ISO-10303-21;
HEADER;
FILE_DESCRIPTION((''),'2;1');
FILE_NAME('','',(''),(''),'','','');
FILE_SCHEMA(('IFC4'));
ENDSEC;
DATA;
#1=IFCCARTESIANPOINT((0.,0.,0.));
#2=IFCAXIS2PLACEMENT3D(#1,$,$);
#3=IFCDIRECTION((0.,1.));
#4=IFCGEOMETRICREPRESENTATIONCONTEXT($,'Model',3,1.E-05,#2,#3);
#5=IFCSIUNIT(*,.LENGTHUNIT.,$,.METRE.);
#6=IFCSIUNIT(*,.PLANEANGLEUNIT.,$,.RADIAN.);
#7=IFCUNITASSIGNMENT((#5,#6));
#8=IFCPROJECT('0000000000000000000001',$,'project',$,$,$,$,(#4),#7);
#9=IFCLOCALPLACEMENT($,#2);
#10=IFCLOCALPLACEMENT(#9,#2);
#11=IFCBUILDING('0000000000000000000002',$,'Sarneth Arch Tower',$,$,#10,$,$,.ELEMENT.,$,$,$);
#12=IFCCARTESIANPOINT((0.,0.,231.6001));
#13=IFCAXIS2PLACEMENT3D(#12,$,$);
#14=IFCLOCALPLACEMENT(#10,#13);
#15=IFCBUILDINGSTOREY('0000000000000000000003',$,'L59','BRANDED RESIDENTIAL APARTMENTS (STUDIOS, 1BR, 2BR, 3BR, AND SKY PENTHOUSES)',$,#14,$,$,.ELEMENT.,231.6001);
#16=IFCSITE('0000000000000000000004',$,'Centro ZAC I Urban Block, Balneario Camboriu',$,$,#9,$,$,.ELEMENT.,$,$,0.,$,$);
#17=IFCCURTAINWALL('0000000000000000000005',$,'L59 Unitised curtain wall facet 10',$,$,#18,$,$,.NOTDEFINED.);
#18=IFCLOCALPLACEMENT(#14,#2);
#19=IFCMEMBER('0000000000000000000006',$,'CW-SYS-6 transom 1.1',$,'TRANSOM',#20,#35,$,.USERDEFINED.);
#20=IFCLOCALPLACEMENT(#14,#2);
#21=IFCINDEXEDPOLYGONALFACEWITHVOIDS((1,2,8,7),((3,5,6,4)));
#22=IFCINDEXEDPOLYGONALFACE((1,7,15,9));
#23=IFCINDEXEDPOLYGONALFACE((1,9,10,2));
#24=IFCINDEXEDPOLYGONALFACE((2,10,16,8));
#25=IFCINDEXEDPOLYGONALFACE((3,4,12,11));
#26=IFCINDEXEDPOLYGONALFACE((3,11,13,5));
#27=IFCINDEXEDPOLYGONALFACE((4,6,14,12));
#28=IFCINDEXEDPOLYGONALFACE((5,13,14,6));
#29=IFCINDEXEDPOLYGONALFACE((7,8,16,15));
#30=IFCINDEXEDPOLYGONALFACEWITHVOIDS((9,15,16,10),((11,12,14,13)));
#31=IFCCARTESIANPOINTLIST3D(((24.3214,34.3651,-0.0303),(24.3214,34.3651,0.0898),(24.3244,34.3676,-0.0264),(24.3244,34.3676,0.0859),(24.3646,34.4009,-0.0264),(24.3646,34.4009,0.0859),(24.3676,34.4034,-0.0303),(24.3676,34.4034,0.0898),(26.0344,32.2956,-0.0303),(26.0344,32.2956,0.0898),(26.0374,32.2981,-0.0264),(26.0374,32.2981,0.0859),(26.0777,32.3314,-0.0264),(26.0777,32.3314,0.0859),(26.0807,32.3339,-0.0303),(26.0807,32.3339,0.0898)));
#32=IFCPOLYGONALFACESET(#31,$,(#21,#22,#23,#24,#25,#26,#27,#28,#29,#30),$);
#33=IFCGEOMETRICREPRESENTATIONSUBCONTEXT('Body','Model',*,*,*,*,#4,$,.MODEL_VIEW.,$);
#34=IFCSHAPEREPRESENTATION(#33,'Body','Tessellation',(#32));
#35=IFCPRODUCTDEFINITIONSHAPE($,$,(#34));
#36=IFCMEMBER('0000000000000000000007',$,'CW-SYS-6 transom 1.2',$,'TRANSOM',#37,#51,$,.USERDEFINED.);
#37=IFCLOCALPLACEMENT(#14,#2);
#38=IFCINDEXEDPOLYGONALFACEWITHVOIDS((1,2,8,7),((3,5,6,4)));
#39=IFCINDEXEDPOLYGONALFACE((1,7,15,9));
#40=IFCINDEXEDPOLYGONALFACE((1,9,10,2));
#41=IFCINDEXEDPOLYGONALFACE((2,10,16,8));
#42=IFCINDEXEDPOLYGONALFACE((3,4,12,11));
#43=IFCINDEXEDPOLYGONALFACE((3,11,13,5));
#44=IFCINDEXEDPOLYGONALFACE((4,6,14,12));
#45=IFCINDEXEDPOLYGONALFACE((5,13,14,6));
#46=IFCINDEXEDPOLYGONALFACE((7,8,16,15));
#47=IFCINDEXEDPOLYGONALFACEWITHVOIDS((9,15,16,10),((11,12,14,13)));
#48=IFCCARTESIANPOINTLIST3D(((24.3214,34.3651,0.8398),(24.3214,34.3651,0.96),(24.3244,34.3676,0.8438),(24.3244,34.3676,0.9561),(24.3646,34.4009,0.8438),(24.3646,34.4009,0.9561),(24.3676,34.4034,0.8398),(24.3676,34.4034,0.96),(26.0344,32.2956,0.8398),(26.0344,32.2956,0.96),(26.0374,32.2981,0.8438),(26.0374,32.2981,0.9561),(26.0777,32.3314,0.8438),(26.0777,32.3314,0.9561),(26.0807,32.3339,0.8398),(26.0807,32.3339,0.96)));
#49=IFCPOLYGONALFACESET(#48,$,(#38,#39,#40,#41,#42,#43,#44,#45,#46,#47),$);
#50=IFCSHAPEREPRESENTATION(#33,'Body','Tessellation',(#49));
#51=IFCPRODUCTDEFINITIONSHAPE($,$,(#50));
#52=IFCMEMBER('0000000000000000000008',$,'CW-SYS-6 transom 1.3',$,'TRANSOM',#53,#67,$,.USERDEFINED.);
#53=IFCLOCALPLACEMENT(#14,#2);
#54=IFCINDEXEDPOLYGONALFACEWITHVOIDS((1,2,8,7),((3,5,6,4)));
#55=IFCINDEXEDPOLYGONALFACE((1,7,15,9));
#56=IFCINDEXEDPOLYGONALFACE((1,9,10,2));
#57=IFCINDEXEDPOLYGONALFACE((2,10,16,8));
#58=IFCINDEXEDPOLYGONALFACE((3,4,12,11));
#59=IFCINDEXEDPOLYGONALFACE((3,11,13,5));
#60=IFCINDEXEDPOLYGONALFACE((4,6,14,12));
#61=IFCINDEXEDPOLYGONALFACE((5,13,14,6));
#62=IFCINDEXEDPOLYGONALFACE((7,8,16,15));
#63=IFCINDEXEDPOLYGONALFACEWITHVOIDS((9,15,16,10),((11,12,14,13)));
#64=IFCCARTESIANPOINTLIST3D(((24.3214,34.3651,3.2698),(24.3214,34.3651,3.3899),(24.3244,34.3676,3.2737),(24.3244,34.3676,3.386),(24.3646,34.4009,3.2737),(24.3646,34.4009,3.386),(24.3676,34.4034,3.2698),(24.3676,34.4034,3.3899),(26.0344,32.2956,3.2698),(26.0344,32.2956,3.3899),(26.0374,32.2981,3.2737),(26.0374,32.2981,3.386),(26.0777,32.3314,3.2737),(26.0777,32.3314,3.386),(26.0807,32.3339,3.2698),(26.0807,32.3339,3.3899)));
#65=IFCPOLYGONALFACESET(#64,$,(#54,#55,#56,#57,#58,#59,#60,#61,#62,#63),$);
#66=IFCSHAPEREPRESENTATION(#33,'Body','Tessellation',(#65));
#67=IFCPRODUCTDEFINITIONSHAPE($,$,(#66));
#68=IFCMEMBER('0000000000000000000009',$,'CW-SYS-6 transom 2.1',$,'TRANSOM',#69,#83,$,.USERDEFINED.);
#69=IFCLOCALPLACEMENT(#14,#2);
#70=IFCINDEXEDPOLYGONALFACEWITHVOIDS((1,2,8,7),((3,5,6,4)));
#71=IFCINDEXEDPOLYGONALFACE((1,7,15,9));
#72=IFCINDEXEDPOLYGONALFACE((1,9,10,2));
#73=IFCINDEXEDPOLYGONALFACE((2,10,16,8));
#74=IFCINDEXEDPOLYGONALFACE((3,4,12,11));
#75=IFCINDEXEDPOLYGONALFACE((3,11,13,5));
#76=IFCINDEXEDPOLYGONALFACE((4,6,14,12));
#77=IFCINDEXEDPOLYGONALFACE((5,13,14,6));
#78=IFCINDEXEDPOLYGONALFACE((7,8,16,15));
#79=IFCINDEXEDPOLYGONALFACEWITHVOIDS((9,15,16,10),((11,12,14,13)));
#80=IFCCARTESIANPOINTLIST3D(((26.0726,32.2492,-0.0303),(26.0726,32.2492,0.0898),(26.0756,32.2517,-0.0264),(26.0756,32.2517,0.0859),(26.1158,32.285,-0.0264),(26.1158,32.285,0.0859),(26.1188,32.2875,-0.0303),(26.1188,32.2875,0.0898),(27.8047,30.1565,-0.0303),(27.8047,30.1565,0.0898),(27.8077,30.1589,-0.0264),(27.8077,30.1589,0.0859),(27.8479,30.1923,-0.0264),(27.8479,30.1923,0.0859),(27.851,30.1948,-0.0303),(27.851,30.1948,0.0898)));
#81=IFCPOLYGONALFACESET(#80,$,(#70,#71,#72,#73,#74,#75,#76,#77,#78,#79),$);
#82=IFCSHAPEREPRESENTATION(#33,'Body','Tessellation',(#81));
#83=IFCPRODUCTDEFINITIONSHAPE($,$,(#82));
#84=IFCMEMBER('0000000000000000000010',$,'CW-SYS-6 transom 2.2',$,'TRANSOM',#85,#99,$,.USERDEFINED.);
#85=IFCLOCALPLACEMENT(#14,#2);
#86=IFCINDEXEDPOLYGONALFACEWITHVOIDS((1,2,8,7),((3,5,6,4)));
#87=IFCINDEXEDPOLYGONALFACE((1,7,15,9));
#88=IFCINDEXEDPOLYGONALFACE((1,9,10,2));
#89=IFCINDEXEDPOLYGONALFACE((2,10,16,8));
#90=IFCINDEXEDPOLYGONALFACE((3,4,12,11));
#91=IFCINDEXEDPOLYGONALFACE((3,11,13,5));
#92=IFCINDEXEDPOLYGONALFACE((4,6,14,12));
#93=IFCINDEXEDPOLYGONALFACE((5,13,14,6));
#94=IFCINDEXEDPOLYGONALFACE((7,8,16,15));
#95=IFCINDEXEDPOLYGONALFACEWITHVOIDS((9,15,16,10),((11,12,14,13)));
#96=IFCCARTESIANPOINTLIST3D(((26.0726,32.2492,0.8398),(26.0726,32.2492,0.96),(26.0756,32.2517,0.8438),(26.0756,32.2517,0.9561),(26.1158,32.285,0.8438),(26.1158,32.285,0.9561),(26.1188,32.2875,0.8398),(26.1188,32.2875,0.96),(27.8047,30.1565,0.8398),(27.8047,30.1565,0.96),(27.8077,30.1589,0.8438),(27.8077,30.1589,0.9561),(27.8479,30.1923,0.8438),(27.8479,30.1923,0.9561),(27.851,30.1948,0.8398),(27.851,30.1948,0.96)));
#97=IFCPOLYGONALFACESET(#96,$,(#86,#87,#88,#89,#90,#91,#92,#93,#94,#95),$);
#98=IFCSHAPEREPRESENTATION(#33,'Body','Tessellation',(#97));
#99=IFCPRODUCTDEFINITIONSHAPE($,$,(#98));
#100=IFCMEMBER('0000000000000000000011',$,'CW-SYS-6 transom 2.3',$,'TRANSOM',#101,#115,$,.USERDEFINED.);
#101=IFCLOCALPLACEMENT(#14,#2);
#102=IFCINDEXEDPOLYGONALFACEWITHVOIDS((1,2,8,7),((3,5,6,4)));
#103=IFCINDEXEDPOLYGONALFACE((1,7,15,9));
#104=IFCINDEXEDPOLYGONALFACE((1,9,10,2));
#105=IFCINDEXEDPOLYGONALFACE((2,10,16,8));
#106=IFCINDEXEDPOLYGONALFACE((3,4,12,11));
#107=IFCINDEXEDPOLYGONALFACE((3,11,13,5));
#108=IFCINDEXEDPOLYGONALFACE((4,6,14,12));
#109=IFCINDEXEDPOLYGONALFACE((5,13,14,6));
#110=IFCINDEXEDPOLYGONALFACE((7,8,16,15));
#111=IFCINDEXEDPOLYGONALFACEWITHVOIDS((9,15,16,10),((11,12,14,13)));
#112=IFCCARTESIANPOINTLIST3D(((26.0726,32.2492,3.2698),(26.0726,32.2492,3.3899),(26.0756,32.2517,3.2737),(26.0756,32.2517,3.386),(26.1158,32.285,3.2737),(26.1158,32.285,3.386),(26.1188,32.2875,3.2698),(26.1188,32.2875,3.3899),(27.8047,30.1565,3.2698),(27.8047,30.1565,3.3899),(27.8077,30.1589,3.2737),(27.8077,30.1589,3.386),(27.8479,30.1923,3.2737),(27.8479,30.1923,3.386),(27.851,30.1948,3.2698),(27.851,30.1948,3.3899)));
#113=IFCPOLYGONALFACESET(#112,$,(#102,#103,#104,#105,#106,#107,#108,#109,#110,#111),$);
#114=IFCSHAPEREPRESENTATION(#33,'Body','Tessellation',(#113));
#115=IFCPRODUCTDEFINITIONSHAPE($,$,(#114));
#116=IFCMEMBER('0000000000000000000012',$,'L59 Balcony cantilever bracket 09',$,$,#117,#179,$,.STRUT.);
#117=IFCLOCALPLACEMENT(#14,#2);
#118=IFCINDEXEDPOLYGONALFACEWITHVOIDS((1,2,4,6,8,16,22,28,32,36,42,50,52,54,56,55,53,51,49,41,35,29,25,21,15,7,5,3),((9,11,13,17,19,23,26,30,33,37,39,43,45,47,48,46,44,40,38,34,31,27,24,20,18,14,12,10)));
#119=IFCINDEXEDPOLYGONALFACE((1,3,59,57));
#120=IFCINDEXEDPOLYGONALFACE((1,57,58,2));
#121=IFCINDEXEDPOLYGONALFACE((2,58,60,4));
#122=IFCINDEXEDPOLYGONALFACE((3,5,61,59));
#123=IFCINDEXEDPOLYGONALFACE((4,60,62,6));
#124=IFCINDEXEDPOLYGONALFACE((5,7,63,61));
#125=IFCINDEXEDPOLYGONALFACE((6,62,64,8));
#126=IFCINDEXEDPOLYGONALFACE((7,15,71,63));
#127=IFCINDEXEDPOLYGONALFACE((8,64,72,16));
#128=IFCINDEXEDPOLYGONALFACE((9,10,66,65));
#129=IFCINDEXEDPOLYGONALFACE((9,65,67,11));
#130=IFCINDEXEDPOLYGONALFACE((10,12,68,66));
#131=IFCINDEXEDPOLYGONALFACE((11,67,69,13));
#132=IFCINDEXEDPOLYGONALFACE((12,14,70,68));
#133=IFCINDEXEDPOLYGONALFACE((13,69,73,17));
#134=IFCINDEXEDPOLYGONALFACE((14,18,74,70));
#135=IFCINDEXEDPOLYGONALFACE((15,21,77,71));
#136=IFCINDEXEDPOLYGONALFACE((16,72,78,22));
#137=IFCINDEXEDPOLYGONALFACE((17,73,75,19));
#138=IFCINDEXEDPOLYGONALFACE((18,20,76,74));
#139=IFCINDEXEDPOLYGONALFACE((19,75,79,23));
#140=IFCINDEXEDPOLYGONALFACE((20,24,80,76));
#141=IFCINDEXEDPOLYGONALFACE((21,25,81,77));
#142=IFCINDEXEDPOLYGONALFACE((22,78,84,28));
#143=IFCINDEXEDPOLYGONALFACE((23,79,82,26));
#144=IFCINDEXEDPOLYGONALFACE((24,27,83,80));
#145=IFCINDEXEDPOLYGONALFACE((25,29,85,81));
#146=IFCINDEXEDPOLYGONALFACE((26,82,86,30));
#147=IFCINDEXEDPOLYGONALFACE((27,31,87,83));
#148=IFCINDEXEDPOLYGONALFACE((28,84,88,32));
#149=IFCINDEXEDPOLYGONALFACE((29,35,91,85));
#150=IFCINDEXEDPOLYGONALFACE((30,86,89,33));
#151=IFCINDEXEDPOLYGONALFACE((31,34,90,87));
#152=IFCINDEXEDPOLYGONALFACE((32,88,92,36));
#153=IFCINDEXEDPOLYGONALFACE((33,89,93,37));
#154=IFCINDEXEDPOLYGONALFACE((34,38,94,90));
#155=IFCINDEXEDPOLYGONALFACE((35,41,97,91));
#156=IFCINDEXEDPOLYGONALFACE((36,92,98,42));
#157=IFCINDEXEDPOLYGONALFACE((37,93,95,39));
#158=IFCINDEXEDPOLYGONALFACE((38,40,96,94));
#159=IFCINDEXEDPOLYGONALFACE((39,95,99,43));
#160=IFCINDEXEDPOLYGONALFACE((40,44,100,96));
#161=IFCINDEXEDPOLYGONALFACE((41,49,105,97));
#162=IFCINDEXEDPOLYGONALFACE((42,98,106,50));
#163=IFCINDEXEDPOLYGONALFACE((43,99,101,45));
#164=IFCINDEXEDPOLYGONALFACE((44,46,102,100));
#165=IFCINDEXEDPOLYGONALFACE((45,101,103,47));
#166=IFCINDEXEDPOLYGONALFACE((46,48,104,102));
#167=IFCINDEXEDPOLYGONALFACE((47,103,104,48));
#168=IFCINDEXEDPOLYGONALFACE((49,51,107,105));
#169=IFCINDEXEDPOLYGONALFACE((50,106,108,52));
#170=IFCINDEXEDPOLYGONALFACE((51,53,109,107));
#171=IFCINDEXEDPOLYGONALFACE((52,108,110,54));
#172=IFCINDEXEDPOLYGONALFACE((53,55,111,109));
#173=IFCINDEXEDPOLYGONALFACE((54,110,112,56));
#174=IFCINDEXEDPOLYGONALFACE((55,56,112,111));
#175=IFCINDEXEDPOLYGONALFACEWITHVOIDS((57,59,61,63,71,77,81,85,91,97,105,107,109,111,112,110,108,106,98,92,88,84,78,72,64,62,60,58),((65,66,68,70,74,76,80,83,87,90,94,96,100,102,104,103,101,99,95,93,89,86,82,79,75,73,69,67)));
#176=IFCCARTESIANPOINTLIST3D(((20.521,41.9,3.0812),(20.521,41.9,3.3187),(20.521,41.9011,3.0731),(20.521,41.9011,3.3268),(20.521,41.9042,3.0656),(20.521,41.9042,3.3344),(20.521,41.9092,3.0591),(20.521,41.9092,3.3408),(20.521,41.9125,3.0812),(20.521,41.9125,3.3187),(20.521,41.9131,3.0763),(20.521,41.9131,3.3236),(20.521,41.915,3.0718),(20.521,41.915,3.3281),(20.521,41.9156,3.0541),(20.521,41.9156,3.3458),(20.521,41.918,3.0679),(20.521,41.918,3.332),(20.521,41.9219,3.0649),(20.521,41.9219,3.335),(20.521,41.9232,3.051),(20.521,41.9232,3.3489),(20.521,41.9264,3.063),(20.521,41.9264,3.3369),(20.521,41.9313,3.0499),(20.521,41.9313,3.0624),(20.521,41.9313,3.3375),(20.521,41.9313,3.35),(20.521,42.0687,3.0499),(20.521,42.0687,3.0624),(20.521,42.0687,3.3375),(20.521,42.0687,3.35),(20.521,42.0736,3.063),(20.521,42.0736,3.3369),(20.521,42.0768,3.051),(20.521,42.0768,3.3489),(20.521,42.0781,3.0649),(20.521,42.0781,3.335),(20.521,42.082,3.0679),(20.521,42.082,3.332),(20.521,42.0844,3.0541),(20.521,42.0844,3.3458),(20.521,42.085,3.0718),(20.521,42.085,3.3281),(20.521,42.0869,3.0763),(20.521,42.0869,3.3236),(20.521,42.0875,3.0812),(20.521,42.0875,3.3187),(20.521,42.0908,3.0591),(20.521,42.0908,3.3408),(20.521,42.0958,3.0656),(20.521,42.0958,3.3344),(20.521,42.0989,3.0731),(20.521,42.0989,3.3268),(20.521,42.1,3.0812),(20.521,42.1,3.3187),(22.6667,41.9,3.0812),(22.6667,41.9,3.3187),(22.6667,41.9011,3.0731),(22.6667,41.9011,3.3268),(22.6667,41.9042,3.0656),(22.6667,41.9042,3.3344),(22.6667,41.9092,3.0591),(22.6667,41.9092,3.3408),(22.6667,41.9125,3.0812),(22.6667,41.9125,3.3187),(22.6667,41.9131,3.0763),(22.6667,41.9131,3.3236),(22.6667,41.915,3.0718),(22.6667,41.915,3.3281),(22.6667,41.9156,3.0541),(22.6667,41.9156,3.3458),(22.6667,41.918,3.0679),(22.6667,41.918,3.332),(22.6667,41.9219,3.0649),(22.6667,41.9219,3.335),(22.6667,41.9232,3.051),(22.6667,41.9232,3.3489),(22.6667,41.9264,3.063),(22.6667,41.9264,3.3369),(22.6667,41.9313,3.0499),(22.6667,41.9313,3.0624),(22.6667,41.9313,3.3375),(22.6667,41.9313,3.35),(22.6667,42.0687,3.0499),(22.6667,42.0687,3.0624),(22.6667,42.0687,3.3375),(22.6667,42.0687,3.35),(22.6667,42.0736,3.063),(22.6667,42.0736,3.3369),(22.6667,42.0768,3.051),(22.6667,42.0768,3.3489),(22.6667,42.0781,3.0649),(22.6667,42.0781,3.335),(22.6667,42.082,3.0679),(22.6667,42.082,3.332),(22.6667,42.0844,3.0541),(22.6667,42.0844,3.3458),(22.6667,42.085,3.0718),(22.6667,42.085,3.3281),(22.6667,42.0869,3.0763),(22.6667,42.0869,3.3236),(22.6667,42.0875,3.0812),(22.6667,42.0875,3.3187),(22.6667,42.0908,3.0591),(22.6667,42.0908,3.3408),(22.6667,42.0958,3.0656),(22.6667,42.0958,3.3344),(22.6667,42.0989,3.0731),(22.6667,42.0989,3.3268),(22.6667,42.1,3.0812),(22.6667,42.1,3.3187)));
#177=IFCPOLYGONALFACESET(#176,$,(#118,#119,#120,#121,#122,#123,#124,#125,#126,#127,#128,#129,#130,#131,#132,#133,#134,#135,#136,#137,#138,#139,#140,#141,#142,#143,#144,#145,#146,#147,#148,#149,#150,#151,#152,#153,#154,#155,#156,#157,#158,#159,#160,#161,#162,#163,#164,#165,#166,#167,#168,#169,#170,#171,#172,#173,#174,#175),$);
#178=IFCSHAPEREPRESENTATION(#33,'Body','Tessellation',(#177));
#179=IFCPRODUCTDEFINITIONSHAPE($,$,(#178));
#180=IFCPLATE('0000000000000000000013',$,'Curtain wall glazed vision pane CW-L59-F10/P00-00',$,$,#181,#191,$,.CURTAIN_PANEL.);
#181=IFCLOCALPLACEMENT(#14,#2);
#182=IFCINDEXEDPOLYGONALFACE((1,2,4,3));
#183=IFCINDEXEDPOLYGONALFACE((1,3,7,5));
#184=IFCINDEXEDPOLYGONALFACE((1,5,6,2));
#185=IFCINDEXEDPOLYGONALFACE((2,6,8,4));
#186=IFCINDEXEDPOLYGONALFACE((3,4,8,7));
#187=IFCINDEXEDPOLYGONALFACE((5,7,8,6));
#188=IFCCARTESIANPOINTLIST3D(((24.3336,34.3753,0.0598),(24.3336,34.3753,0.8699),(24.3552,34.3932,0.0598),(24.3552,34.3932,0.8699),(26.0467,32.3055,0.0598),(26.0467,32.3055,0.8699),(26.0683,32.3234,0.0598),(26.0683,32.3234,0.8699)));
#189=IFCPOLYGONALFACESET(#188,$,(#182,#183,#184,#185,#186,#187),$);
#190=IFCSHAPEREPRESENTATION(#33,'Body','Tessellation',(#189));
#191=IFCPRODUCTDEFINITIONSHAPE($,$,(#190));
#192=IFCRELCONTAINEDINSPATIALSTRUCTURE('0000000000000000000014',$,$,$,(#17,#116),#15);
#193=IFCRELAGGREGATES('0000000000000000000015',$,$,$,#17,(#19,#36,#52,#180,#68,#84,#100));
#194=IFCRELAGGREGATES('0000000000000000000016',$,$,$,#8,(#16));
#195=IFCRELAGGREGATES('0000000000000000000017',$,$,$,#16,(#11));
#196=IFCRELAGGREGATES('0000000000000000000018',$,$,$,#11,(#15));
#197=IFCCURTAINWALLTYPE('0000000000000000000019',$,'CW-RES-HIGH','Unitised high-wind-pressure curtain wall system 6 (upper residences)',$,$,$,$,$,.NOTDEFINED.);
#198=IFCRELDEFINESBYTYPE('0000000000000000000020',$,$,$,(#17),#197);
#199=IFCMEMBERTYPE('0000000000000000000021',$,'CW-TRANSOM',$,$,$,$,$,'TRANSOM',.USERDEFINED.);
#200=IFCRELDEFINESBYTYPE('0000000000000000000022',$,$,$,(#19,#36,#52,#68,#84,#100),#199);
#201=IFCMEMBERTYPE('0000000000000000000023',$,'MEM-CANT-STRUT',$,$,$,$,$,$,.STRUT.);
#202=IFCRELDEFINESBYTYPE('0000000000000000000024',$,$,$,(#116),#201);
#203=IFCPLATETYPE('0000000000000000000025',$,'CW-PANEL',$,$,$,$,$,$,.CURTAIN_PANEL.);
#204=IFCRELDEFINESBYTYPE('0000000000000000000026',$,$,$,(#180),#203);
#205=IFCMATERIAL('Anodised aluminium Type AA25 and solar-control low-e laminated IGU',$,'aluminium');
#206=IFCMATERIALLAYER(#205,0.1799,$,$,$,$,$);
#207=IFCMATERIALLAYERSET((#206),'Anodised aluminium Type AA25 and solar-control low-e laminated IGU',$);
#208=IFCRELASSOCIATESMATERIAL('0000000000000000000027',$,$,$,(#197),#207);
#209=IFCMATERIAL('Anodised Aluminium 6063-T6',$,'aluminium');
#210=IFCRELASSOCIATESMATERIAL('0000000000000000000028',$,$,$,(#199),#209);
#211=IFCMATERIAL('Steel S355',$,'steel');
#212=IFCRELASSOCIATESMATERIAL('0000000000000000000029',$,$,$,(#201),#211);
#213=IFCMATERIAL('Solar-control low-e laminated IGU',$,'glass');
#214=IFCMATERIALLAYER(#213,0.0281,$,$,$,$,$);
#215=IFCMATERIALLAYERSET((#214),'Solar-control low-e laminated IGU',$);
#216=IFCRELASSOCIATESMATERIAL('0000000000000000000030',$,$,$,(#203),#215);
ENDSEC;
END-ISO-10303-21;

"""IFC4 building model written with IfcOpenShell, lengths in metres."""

from ifc_helpers import new_model, si_unit, direction, frame, origin, origin_2d, place, context, subcontext, project, spatial, rectangle, hollow_rectangle, extrude, material, layer, layer_set, material_profile, profile_set, type_object, element, aggregate, save


model = new_model("IFC4")

# Units and contexts
model_context = context("Model", 3, precision=1e-05, world=origin(), true_north=direction((0.0, 1.0)))
body_context = subcontext(model_context, "Body", "Model", "MODEL_VIEW")
ifc_project = project(units=[si_unit("LENGTHUNIT", "METRE"), si_unit("PLANEANGLEUNIT", "RADIAN")], contexts=[model_context])

# Site, building, storey
site_placement = place(None, origin())
site = spatial("IfcSite", under=ifc_project, at=site_placement, Name="Centro ZAC I Urban Block, Balneario Camboriu", CompositionType="ELEMENT", RefElevation=0.0)
building_placement = place(site_placement, origin())
building = spatial("IfcBuilding", under=site, at=building_placement, Name="Sarneth Arch Tower", CompositionType="ELEMENT")
storey_placement = place(building_placement, frame((0.0, 0.0, 231.6001)))
storey = spatial("IfcBuildingStorey", under=building, at=storey_placement, Name="L59", Description="BRANDED RESIDENTIAL APARTMENTS (STUDIOS, 1BR, 2BR, 3BR, AND SKY PENTHOUSES)", CompositionType="ELEMENT", Elevation=231.6001)

# Curtain wall, members
ifc_material_1 = material(Name="Anodised aluminium Type AA25 and solar-control low-e laminated IGU", Category="aluminium")
ifc_layer_1 = layer(ifc_material_1, 0.1799)
ifc_layer_set_1 = layer_set([ifc_layer_1], Name="Anodised aluminium Type AA25 and solar-control low-e laminated IGU")
curtain_wall_type = type_object("IfcCurtainWallType", Name="CW-RES-HIGH", Description="Unitised high-wind-pressure curtain wall system 6 (upper residences)", PredefinedType="NOTDEFINED", material=ifc_layer_set_1)
curtain_wall_placement = place(storey_placement, origin())
curtain_wall = element("IfcCurtainWall", 1, at=curtain_wall_placement, inside=storey, type_object=curtain_wall_type, Name="L59 Unitised curtain wall facet 10", PredefinedType="NOTDEFINED")
ifc_material_2 = material(Name="Anodised Aluminium 6063-T6", Category="aluminium")
ifc_material_profile_1 = material_profile(ifc_material_2, hollow_rectangle(XDim=0.0601, YDim=0.1201, WallThickness=0.0039, at=origin_2d()), Name="AL-TRAN-120x60x4")
ifc_profile_set_1 = profile_set([ifc_material_profile_1], Name="Anodised Aluminium 6063-T6")
member_type_1 = type_object("IfcMemberType", Name="CW-TRANSOM", ElementType="TRANSOM", PredefinedType="USERDEFINED", material=ifc_profile_set_1)
member_1_placement = place(storey_placement, frame((24.3445, 34.3843, 0.0298), z_axis=(0.637651, -0.770325, 0.0), x_axis=(0.770325, 0.637651, 0.0)))
member_1 = element("IfcMember", 2, at=member_1_placement, type_object=member_type_1, Name="CW-SYS-6 transom 1.1", ObjectType="TRANSOM", PredefinedType="USERDEFINED", context=body_context, shape_type="SweptSolid", body=[
    extrude(hollow_rectangle(XDim=0.0601, YDim=0.1201, WallThickness=0.0039, at=origin_2d()), origin(), (0.0, 0.0, 1.0), 2.6865),
])
member_2_placement = place(storey_placement, frame((24.3445, 34.3843, 0.8999), z_axis=(0.637651, -0.770325, 0.0), x_axis=(0.770325, 0.637651, 0.0)))
member_2 = element("IfcMember", 3, at=member_2_placement, type_object=member_type_1, Name="CW-SYS-6 transom 1.2", ObjectType="TRANSOM", PredefinedType="USERDEFINED", context=body_context, shape_type="SweptSolid", body=[
    extrude(hollow_rectangle(XDim=0.0601, YDim=0.1201, WallThickness=0.0039, at=origin_2d()), origin(), (0.0, 0.0, 1.0), 2.6865),
])
member_3_placement = place(storey_placement, frame((24.3445, 34.3843, 3.3298), z_axis=(0.637651, -0.770325, 0.0), x_axis=(0.770325, 0.637651, 0.0)))
member_3 = element("IfcMember", 4, at=member_3_placement, type_object=member_type_1, Name="CW-SYS-6 transom 1.3", ObjectType="TRANSOM", PredefinedType="USERDEFINED", context=body_context, shape_type="SweptSolid", body=[
    extrude(hollow_rectangle(XDim=0.0601, YDim=0.1201, WallThickness=0.0039, at=origin_2d()), origin(), (0.0, 0.0, 1.0), 2.6865),
])
member_4_placement = place(storey_placement, frame((26.0957, 32.2683, 0.0298), z_axis=(0.637617, -0.770353, 0.0), x_axis=(0.770353, 0.637617, 0.0)))
member_4 = element("IfcMember", 5, at=member_4_placement, type_object=member_type_1, Name="CW-SYS-6 transom 2.1", ObjectType="TRANSOM", PredefinedType="USERDEFINED", context=body_context, shape_type="SweptSolid", body=[
    extrude(hollow_rectangle(XDim=0.0601, YDim=0.1201, WallThickness=0.0039, at=origin_2d()), origin(), (0.0, 0.0, 1.0), 2.7166),
])
member_5_placement = place(storey_placement, frame((26.0957, 32.2683, 0.8999), z_axis=(0.637617, -0.770353, 0.0), x_axis=(0.770353, 0.637617, 0.0)))
member_5 = element("IfcMember", 6, at=member_5_placement, type_object=member_type_1, Name="CW-SYS-6 transom 2.2", ObjectType="TRANSOM", PredefinedType="USERDEFINED", context=body_context, shape_type="SweptSolid", body=[
    extrude(hollow_rectangle(XDim=0.0601, YDim=0.1201, WallThickness=0.0039, at=origin_2d()), origin(), (0.0, 0.0, 1.0), 2.7166),
])
member_6_placement = place(storey_placement, frame((26.0957, 32.2683, 3.3298), z_axis=(0.637617, -0.770353, 0.0), x_axis=(0.770353, 0.637617, 0.0)))
member_6 = element("IfcMember", 7, at=member_6_placement, type_object=member_type_1, Name="CW-SYS-6 transom 2.3", ObjectType="TRANSOM", PredefinedType="USERDEFINED", context=body_context, shape_type="SweptSolid", body=[
    extrude(hollow_rectangle(XDim=0.0601, YDim=0.1201, WallThickness=0.0039, at=origin_2d()), origin(), (0.0, 0.0, 1.0), 2.7166),
])

# Member
ifc_material_3 = material(Name="Steel S355", Category="steel")
ifc_material_profile_2 = material_profile(ifc_material_3, hollow_rectangle(XDim=0.2, YDim=0.3, WallThickness=0.0125, InnerFilletRadius=0.0188, OuterFilletRadius=0.0312, at=origin_2d()), Name="RHS300x200x12.5")
ifc_profile_set_2 = profile_set([ifc_material_profile_2], Name="Steel S355")
member_type_2 = type_object("IfcMemberType", Name="MEM-CANT-STRUT", PredefinedType="STRUT", material=ifc_profile_set_2)
member_7_placement = place(storey_placement, frame((22.6667, 42.0, 3.2), z_axis=(-1.0, 0.0, 0.0), x_axis=(0.0, -1.0, 0.0)))
element("IfcMember", 8, at=member_7_placement, inside=storey, type_object=member_type_2, Name="L59 Balcony cantilever bracket 09", PredefinedType="STRUT", context=body_context, shape_type="SweptSolid", body=[
    extrude(hollow_rectangle(XDim=0.2, YDim=0.3, WallThickness=0.0125, InnerFilletRadius=0.0188, OuterFilletRadius=0.0312, at=origin_2d()), origin(), (0.0, 0.0, 1.0), 2.1458),
])

# Plate
ifc_material_4 = material(Name="Solar-control low-e laminated IGU", Category="glass")
ifc_layer_2 = layer(ifc_material_4, 0.0281)
ifc_layer_set_2 = layer_set([ifc_layer_2], Name="Solar-control low-e laminated IGU")
plate_type_1 = type_object("IfcPlateType", Name="CW-PANEL", PredefinedType="CURTAIN_PANEL", material=ifc_layer_set_2)
plate_1_placement = place(storey_placement, frame((25.2009, 33.3494, 0.0598), z_axis=(0.0, 0.0, 1.0), x_axis=(0.63761, -0.770359, 0.0)))
plate_1 = element("IfcPlate", 9, at=plate_1_placement, type_object=plate_type_1, Name="Curtain wall glazed vision pane CW-L59-F10/P00-00", PredefinedType="CURTAIN_PANEL", context=body_context, shape_type="SweptSolid", body=[
    extrude(rectangle(XDim=2.6868, YDim=0.0281, at=origin_2d()), origin(), (0.0, 0.0, 1.0), 0.8101),
])
aggregate(curtain_wall, [member_1, member_2, member_3, plate_1, member_4, member_5, member_6])

save(model, "model.ifc")
